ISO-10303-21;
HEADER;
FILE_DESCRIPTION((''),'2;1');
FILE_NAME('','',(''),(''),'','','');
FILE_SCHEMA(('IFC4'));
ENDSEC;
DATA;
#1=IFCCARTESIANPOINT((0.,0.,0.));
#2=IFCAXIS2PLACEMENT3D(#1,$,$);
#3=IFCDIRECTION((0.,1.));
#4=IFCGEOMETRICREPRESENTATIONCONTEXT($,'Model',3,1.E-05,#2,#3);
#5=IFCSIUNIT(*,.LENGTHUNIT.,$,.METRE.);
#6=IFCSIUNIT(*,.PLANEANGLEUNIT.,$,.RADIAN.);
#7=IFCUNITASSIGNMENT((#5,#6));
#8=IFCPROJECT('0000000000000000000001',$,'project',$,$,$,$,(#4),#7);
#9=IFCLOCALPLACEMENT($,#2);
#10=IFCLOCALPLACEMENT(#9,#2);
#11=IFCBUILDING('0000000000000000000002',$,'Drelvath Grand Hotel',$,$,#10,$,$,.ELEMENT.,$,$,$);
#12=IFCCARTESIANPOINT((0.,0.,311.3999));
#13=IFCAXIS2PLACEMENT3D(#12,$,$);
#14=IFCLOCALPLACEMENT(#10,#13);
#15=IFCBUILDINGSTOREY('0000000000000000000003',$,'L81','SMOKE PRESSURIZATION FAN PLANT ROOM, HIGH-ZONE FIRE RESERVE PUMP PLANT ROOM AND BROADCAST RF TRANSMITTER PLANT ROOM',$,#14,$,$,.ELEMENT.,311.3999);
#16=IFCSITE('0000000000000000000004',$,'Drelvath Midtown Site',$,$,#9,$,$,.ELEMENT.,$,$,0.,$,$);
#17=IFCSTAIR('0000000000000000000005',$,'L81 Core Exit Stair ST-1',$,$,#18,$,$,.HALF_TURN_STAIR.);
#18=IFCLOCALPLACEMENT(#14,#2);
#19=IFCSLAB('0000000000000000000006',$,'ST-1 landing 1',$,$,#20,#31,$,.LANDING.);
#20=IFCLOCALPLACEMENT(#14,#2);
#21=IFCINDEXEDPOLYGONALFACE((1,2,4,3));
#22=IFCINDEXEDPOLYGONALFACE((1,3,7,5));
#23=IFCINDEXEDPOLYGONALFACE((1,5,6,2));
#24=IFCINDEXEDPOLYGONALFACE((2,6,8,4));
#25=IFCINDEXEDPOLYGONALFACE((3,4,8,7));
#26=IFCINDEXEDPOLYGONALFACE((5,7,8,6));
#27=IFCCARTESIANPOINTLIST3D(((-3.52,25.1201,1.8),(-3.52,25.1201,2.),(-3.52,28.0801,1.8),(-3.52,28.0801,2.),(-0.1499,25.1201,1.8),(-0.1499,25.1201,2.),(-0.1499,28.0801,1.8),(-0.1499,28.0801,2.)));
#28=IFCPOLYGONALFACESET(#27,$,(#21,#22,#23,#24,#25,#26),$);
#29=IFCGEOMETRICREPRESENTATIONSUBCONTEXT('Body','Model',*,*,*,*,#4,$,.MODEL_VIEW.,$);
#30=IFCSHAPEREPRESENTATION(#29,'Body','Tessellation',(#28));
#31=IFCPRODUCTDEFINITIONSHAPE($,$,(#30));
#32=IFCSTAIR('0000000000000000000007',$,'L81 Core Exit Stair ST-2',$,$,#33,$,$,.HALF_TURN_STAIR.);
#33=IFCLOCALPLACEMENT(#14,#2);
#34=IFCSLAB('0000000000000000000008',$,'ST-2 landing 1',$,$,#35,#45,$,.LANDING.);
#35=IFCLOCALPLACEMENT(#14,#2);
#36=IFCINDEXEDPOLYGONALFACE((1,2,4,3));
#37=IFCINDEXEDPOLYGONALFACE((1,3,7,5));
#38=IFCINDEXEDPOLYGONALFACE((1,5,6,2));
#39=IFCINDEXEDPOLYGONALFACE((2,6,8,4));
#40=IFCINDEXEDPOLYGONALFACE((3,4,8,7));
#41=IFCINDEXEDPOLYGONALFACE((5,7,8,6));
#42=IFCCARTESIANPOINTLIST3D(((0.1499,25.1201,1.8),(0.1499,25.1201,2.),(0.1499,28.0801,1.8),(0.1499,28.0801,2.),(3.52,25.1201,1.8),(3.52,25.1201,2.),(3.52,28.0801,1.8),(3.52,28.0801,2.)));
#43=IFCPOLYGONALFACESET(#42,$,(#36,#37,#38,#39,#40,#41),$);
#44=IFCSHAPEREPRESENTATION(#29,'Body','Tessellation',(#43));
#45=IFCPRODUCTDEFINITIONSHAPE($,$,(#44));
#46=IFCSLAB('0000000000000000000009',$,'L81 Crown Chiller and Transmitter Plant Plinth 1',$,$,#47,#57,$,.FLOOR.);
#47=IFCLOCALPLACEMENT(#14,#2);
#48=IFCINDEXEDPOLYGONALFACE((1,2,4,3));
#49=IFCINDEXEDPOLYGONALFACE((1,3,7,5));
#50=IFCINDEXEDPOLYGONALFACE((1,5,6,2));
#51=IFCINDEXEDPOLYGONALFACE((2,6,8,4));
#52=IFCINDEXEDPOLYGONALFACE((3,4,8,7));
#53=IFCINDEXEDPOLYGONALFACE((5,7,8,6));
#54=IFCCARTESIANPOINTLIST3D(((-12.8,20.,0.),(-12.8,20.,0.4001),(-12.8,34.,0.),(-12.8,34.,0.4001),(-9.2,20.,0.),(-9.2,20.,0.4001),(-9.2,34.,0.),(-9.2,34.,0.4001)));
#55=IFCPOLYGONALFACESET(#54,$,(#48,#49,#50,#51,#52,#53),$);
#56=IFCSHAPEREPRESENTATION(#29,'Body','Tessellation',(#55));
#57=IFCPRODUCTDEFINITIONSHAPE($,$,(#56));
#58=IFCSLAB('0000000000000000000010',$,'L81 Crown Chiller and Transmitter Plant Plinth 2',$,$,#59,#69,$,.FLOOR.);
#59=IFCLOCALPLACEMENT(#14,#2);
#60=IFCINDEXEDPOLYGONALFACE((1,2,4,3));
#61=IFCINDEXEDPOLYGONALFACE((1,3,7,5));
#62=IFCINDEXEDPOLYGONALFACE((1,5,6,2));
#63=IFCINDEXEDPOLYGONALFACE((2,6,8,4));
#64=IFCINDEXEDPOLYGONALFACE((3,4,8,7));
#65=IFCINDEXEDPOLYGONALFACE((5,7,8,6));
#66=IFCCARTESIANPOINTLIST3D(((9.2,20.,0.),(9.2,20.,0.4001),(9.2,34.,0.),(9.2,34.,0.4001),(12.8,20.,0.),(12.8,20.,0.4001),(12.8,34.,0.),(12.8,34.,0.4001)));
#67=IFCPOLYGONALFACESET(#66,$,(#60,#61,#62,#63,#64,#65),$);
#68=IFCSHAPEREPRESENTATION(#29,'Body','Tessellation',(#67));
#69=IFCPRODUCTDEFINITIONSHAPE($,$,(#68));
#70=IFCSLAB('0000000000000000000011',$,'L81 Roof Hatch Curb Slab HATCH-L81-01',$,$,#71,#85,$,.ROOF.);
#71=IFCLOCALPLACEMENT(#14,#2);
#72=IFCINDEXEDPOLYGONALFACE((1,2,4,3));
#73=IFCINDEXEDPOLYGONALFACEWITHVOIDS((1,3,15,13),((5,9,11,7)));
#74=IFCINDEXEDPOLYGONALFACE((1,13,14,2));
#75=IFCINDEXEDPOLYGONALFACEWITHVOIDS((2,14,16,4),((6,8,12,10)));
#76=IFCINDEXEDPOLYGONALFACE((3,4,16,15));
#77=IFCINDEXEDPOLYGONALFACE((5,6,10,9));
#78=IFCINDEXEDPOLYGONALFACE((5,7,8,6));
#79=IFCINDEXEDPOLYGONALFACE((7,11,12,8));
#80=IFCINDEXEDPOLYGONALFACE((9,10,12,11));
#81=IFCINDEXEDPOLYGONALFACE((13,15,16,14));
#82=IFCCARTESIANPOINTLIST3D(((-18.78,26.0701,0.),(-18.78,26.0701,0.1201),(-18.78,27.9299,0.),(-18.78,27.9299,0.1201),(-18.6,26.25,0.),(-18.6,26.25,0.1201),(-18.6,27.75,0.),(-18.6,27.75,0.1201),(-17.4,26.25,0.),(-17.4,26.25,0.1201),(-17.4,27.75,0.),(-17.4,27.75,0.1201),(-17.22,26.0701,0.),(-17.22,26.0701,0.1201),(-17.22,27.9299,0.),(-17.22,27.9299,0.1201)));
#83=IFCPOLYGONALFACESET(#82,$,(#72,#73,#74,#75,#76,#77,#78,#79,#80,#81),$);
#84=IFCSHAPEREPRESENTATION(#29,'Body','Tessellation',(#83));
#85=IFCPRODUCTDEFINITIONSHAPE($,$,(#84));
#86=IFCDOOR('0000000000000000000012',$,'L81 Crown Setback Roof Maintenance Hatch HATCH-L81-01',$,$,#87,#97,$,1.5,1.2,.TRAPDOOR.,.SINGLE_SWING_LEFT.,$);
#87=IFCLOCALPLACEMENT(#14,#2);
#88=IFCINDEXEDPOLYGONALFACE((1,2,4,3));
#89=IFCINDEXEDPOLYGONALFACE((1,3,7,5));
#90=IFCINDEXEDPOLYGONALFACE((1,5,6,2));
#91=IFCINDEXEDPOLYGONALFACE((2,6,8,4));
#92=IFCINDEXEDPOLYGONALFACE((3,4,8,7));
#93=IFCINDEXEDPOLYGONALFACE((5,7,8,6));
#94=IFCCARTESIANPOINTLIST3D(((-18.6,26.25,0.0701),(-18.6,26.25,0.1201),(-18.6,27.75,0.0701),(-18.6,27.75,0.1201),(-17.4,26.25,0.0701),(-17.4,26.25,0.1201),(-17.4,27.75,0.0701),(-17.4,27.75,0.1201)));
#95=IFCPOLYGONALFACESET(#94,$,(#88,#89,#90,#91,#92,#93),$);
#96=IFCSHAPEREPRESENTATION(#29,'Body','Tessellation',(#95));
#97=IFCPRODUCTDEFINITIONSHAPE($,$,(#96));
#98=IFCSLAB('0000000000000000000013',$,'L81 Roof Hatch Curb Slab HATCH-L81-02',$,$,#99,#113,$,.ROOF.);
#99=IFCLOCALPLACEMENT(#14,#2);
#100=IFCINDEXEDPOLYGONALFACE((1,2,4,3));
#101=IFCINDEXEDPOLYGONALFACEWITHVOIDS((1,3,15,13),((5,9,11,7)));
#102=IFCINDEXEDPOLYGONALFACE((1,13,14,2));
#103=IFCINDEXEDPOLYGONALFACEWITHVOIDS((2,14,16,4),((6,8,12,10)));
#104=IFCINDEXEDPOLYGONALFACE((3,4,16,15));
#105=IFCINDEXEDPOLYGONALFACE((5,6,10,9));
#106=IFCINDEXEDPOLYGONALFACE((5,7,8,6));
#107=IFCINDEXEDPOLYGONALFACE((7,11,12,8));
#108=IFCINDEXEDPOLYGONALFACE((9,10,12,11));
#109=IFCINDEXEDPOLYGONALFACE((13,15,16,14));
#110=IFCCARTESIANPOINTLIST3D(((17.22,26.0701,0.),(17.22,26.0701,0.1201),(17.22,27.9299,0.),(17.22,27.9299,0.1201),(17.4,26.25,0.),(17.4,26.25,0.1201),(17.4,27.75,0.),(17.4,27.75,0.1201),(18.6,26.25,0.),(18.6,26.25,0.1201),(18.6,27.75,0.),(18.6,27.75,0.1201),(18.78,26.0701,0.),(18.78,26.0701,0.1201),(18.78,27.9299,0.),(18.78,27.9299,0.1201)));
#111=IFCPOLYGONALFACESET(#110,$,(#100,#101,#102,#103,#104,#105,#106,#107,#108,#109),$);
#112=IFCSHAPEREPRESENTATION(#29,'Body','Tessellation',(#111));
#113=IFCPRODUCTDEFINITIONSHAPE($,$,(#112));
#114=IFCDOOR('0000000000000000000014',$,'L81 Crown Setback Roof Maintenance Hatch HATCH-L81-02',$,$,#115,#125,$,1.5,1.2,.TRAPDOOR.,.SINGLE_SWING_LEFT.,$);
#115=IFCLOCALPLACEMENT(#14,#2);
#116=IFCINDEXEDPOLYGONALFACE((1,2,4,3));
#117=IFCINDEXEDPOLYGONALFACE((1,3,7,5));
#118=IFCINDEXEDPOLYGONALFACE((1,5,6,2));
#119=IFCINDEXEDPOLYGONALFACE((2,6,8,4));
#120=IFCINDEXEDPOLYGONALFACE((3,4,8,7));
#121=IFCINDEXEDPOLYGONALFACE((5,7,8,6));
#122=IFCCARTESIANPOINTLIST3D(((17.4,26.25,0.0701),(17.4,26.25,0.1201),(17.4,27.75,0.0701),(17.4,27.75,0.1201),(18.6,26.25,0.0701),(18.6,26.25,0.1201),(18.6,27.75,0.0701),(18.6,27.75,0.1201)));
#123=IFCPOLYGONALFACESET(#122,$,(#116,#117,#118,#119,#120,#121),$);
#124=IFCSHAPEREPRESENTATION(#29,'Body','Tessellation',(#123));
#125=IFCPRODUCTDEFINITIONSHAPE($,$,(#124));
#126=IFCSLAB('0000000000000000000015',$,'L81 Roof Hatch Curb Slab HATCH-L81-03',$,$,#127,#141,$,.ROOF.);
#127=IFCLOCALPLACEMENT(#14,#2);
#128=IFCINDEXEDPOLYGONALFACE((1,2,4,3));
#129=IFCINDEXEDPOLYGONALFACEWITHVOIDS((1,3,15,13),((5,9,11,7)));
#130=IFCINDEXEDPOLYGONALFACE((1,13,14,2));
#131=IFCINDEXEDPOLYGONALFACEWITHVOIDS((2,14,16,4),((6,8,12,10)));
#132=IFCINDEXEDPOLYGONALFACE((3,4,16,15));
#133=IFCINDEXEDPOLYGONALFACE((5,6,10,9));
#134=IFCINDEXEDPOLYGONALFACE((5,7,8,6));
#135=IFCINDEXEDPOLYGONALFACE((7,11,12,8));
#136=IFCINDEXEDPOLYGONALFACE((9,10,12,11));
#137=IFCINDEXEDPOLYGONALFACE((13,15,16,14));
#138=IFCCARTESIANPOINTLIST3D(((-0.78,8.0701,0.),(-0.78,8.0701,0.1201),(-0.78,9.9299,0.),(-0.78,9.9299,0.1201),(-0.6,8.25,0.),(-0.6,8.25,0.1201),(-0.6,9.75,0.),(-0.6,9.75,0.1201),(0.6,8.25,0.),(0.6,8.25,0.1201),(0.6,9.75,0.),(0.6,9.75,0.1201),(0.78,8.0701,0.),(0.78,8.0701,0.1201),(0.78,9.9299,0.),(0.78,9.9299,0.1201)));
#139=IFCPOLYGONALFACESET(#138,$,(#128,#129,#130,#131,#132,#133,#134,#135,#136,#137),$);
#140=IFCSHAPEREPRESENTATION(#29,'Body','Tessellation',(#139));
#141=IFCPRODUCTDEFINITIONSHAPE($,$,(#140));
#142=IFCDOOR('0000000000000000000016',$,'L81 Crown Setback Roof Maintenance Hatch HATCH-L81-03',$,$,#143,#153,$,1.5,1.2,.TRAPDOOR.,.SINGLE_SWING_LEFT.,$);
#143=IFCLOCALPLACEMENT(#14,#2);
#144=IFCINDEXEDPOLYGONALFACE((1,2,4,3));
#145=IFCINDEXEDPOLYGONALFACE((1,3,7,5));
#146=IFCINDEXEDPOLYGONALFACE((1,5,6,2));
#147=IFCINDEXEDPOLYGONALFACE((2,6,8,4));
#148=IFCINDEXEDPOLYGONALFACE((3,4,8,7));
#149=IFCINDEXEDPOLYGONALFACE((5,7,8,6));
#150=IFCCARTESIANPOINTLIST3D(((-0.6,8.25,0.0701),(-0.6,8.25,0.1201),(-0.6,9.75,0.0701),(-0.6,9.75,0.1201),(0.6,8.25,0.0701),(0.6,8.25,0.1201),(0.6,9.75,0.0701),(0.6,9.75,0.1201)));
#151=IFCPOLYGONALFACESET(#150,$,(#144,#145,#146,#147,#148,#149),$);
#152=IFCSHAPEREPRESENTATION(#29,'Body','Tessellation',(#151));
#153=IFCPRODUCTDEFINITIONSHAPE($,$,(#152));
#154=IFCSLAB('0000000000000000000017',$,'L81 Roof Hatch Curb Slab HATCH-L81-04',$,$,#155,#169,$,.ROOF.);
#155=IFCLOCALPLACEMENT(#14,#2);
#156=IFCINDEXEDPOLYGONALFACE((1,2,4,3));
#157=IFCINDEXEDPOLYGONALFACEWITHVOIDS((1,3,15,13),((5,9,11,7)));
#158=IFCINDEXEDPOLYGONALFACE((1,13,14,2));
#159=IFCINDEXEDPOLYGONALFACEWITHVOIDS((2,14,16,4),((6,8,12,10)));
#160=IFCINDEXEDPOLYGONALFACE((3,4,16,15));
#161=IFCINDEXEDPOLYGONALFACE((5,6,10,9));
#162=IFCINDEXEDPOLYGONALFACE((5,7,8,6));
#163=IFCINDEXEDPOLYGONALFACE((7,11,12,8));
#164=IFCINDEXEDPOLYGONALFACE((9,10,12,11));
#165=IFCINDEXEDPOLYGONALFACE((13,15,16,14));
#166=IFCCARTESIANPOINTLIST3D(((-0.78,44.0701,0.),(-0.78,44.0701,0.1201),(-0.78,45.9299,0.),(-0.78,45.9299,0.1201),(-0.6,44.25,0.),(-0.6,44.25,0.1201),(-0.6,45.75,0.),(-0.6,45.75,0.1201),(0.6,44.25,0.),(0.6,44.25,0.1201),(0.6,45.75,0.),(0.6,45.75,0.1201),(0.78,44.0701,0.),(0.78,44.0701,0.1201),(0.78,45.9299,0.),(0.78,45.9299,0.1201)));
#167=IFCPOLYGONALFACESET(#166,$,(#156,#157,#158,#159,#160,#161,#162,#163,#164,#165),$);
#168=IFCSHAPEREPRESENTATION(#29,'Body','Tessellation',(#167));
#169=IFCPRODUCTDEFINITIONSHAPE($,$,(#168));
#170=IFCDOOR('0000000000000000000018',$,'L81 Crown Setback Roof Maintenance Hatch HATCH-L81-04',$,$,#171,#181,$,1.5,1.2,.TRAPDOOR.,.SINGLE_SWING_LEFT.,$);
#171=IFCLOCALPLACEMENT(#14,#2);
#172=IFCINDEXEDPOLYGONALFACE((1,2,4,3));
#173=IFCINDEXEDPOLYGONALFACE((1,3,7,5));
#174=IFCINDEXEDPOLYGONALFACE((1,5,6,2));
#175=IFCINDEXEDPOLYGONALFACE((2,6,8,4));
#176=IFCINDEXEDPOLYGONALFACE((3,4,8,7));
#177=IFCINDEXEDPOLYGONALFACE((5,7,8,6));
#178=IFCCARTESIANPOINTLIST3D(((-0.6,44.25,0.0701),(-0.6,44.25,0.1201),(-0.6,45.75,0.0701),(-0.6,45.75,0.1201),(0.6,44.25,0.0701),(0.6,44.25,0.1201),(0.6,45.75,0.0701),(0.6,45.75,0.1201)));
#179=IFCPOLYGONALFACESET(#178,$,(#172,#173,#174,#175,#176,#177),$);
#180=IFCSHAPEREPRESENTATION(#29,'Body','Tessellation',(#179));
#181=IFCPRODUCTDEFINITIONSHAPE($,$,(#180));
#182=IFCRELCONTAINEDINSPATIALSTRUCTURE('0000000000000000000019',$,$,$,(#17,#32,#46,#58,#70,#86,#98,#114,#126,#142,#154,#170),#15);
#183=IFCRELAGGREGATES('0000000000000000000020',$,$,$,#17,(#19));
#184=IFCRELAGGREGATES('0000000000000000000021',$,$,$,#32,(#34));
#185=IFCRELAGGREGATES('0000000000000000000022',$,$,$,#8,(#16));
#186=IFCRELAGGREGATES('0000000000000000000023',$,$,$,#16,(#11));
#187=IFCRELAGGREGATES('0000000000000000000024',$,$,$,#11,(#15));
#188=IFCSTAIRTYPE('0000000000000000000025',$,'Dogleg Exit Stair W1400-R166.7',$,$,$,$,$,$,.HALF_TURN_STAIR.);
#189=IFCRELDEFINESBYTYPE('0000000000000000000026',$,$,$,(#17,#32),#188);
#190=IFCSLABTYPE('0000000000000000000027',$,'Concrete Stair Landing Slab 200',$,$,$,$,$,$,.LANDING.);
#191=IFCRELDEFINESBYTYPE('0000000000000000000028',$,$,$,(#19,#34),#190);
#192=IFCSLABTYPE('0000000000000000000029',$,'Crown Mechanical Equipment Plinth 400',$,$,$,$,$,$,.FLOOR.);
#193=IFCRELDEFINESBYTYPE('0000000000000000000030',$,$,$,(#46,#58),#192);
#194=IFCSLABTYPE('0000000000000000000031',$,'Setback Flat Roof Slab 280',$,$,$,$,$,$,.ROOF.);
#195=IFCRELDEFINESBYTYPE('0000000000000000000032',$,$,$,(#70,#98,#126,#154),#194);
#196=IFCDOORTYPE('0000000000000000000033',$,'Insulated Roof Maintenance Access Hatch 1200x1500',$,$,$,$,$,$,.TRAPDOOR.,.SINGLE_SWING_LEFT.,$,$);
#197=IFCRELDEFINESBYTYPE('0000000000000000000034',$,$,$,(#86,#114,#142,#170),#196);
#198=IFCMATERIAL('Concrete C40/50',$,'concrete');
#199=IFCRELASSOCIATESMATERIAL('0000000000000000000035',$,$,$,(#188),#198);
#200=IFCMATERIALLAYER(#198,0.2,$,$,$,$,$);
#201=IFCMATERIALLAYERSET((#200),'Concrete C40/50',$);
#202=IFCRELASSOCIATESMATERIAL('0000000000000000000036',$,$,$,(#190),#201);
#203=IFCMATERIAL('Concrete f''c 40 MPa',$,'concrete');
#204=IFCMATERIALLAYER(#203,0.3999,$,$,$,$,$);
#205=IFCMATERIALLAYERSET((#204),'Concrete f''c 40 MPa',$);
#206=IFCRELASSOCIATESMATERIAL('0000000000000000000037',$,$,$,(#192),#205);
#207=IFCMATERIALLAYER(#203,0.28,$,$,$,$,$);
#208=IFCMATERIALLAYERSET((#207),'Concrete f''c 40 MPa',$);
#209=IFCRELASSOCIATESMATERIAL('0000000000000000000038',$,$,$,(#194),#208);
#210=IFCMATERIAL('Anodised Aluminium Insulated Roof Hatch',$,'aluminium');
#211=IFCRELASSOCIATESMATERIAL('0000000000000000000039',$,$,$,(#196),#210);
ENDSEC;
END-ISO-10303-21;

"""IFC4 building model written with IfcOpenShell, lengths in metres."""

from ifc_helpers import new_model, si_unit, direction, frame, origin, origin_2d, place, context, subcontext, project, spatial, polyline, rectangle, outline, extrude, material, layer, layer_set, type_object, element, fill, aggregate, save


model = new_model("IFC4")

# Units and contexts
model_context = context("Model", 3, precision=1e-05, world=origin(), true_north=direction((0.0, 1.0)))
body_context = subcontext(model_context, "Body", "Model", "MODEL_VIEW")
ifc_project = project(units=[si_unit("LENGTHUNIT", "METRE"), si_unit("PLANEANGLEUNIT", "RADIAN")], contexts=[model_context])

# Site, building, storey
site_placement = place(None, origin())
site = spatial("IfcSite", under=ifc_project, at=site_placement, Name="Drelvath Midtown Site", CompositionType="ELEMENT", RefElevation=0.0)
building_placement = place(site_placement, origin())
building = spatial("IfcBuilding", under=site, at=building_placement, Name="Drelvath Grand Hotel", CompositionType="ELEMENT")
storey_placement = place(building_placement, frame((0.0, 0.0, 311.3999)))
storey = spatial("IfcBuildingStorey", under=building, at=storey_placement, Name="L81", Description="SMOKE PRESSURIZATION FAN PLANT ROOM, HIGH-ZONE FIRE RESERVE PUMP PLANT ROOM AND BROADCAST RF TRANSMITTER PLANT ROOM", CompositionType="ELEMENT", Elevation=311.3999)

# Stairs, slabs
ifc_material_1 = material(Name="Concrete C40/50", Category="concrete")
stair_type = type_object("IfcStairType", Name="Dogleg Exit Stair W1400-R166.7", PredefinedType="HALF_TURN_STAIR", material=ifc_material_1)
stair_1_placement = place(storey_placement, origin())
stair_1 = element("IfcStair", 1, at=stair_1_placement, inside=storey, type_object=stair_type, Name="L81 Core Exit Stair ST-1", PredefinedType="HALF_TURN_STAIR")
ifc_layer_1 = layer(ifc_material_1, 0.2)
ifc_layer_set_1 = layer_set([ifc_layer_1], Name="Concrete C40/50")
slab_type_1 = type_object("IfcSlabType", Name="Concrete Stair Landing Slab 200", PredefinedType="LANDING", material=ifc_layer_set_1)
slab_1_placement = place(storey_placement, frame((0.0, 0.0, 1.8)))
slab_1 = element("IfcSlab", 2, at=slab_1_placement, type_object=slab_type_1, Name="ST-1 landing 1", PredefinedType="LANDING", context=body_context, shape_type="SweptSolid", body=[
    extrude(outline(polyline([(-3.52, 25.1201), (-0.1499, 25.1201), (-0.1499, 28.0801), (-3.52, 28.0801), (-3.52, 25.1201)])), origin(), (0.0, 0.0, 1.0), 0.2),
])
aggregate(stair_1, [slab_1])
stair_2_placement = place(storey_placement, origin())
stair_2 = element("IfcStair", 3, at=stair_2_placement, inside=storey, type_object=stair_type, Name="L81 Core Exit Stair ST-2", PredefinedType="HALF_TURN_STAIR")
slab_2_placement = place(storey_placement, frame((0.0, 0.0, 1.8)))
slab_2 = element("IfcSlab", 4, at=slab_2_placement, type_object=slab_type_1, Name="ST-2 landing 1", PredefinedType="LANDING", context=body_context, shape_type="SweptSolid", body=[
    extrude(outline(polyline([(3.52, 28.0801), (0.1499, 28.0801), (0.1499, 25.1201), (3.52, 25.1201), (3.52, 28.0801)])), origin(), (0.0, 0.0, 1.0), 0.2),
])
aggregate(stair_2, [slab_2])

# Slabs
ifc_material_2 = material(Name="Concrete f'c 40 MPa", Category="concrete")
ifc_layer_2 = layer(ifc_material_2, 0.3999)
ifc_layer_set_2 = layer_set([ifc_layer_2], Name="Concrete f'c 40 MPa")
slab_type_2 = type_object("IfcSlabType", Name="Crown Mechanical Equipment Plinth 400", PredefinedType="FLOOR", material=ifc_layer_set_2)
slab_3_placement = place(storey_placement, origin())
element("IfcSlab", 5, at=slab_3_placement, inside=storey, type_object=slab_type_2, Name="L81 Crown Chiller and Transmitter Plant Plinth 1", PredefinedType="FLOOR", context=body_context, shape_type="SweptSolid", body=[
    extrude(outline(polyline([(-12.8, 20.0), (-9.2, 20.0), (-9.2, 34.0), (-12.8, 34.0), (-12.8, 20.0)])), origin(), (0.0, 0.0, 1.0), 0.4001),
])
slab_4_placement = place(storey_placement, origin())
element("IfcSlab", 6, at=slab_4_placement, inside=storey, type_object=slab_type_2, Name="L81 Crown Chiller and Transmitter Plant Plinth 2", PredefinedType="FLOOR", context=body_context, shape_type="SweptSolid", body=[
    extrude(outline(polyline([(9.2, 20.0), (12.8, 20.0), (12.8, 34.0), (9.2, 34.0), (9.2, 20.0)])), origin(), (0.0, 0.0, 1.0), 0.4001),
])

# Slabs, openings, doors
ifc_layer_3 = layer(ifc_material_2, 0.28)
ifc_layer_set_3 = layer_set([ifc_layer_3], Name="Concrete f'c 40 MPa")
slab_type_3 = type_object("IfcSlabType", Name="Setback Flat Roof Slab 280", PredefinedType="ROOF", material=ifc_layer_set_3)
slab_5_placement = place(storey_placement, origin())
slab_5 = element("IfcSlab", 7, at=slab_5_placement, inside=storey, type_object=slab_type_3, Name="L81 Roof Hatch Curb Slab HATCH-L81-01", PredefinedType="ROOF", context=body_context, shape_type="SweptSolid", body=[
    extrude(outline(polyline([(-18.78, 26.0701), (-17.22, 26.0701), (-17.22, 27.9299), (-18.78, 27.9299), (-18.78, 26.0701)])), origin(), (0.0, 0.0, 1.0), 0.1201),
])
opening_1_placement = place(slab_5_placement, frame((-18.0, 27.0, 0.0)))
opening_1 = element("IfcOpeningElement", 8, at=opening_1_placement, cuts=slab_5, PredefinedType="OPENING", context=body_context, shape_type="SweptSolid", body=[
    extrude(rectangle(XDim=1.2, YDim=1.5, at=origin_2d()), origin(), (0.0, 0.0, 1.0), 0.1201),
])
ifc_material_3 = material(Name="Anodised Aluminium Insulated Roof Hatch", Category="aluminium")
door_type = type_object("IfcDoorType", Name="Insulated Roof Maintenance Access Hatch 1200x1500", OperationType="SINGLE_SWING_LEFT", PredefinedType="TRAPDOOR", material=ifc_material_3)
door_1_placement = place(opening_1_placement, frame((0.0, 0.0, 0.0701)))
door_1 = element("IfcDoor", 9, at=door_1_placement, inside=storey, type_object=door_type, Name="L81 Crown Setback Roof Maintenance Hatch HATCH-L81-01", OperationType="SINGLE_SWING_LEFT", OverallHeight=1.5, OverallWidth=1.2, PredefinedType="TRAPDOOR", context=body_context, shape_type="SweptSolid", body=[
    extrude(rectangle(XDim=1.2, YDim=1.5, at=origin_2d()), origin(), (0.0, 0.0, 1.0), 0.05),
])
fill(opening_1, door_1)
slab_6_placement = place(storey_placement, origin())
slab_6 = element("IfcSlab", 10, at=slab_6_placement, inside=storey, type_object=slab_type_3, Name="L81 Roof Hatch Curb Slab HATCH-L81-02", PredefinedType="ROOF", context=body_context, shape_type="SweptSolid", body=[
    extrude(outline(polyline([(17.22, 26.0701), (18.78, 26.0701), (18.78, 27.9299), (17.22, 27.9299), (17.22, 26.0701)])), origin(), (0.0, 0.0, 1.0), 0.1201),
])
opening_2_placement = place(slab_6_placement, frame((18.0, 27.0, 0.0)))
opening_2 = element("IfcOpeningElement", 11, at=opening_2_placement, cuts=slab_6, PredefinedType="OPENING", context=body_context, shape_type="SweptSolid", body=[
    extrude(rectangle(XDim=1.2, YDim=1.5, at=origin_2d()), origin(), (0.0, 0.0, 1.0), 0.1201),
])
door_2_placement = place(opening_2_placement, frame((0.0, 0.0, 0.0701)))
door_2 = element("IfcDoor", 12, at=door_2_placement, inside=storey, type_object=door_type, Name="L81 Crown Setback Roof Maintenance Hatch HATCH-L81-02", OperationType="SINGLE_SWING_LEFT", OverallHeight=1.5, OverallWidth=1.2, PredefinedType="TRAPDOOR", context=body_context, shape_type="SweptSolid", body=[
    extrude(rectangle(XDim=1.2, YDim=1.5, at=origin_2d()), origin(), (0.0, 0.0, 1.0), 0.05),
])
fill(opening_2, door_2)
slab_7_placement = place(storey_placement, origin())
slab_7 = element("IfcSlab", 13, at=slab_7_placement, inside=storey, type_object=slab_type_3, Name="L81 Roof Hatch Curb Slab HATCH-L81-03", PredefinedType="ROOF", context=body_context, shape_type="SweptSolid", body=[
    extrude(outline(polyline([(-0.78, 8.0701), (0.78, 8.0701), (0.78, 9.9299), (-0.78, 9.9299), (-0.78, 8.0701)])), origin(), (0.0, 0.0, 1.0), 0.1201),
])
opening_3_placement = place(slab_7_placement, frame((0.0, 9.0, 0.0)))
opening_3 = element("IfcOpeningElement", 14, at=opening_3_placement, cuts=slab_7, PredefinedType="OPENING", context=body_context, shape_type="SweptSolid", body=[
    extrude(rectangle(XDim=1.2, YDim=1.5, at=origin_2d()), origin(), (0.0, 0.0, 1.0), 0.1201),
])
door_3_placement = place(opening_3_placement, frame((0.0, 0.0, 0.0701)))
door_3 = element("IfcDoor", 15, at=door_3_placement, inside=storey, type_object=door_type, Name="L81 Crown Setback Roof Maintenance Hatch HATCH-L81-03", OperationType="SINGLE_SWING_LEFT", OverallHeight=1.5, OverallWidth=1.2, PredefinedType="TRAPDOOR", context=body_context, shape_type="SweptSolid", body=[
    extrude(rectangle(XDim=1.2, YDim=1.5, at=origin_2d()), origin(), (0.0, 0.0, 1.0), 0.05),
])
fill(opening_3, door_3)
slab_8_placement = place(storey_placement, origin())
slab_8 = element("IfcSlab", 16, at=slab_8_placement, inside=storey, type_object=slab_type_3, Name="L81 Roof Hatch Curb Slab HATCH-L81-04", PredefinedType="ROOF", context=body_context, shape_type="SweptSolid", body=[
    extrude(outline(polyline([(-0.78, 44.0701), (0.78, 44.0701), (0.78, 45.9299), (-0.78, 45.9299), (-0.78, 44.0701)])), origin(), (0.0, 0.0, 1.0), 0.1201),
])
opening_4_placement = place(slab_8_placement, frame((0.0, 45.0, 0.0)))
opening_4 = element("IfcOpeningElement", 17, at=opening_4_placement, cuts=slab_8, PredefinedType="OPENING", context=body_context, shape_type="SweptSolid", body=[
    extrude(rectangle(XDim=1.2, YDim=1.5, at=origin_2d()), origin(), (0.0, 0.0, 1.0), 0.1201),
])
door_4_placement = place(opening_4_placement, frame((0.0, 0.0, 0.0701)))
door_4 = element("IfcDoor", 18, at=door_4_placement, inside=storey, type_object=door_type, Name="L81 Crown Setback Roof Maintenance Hatch HATCH-L81-04", OperationType="SINGLE_SWING_LEFT", OverallHeight=1.5, OverallWidth=1.2, PredefinedType="TRAPDOOR", context=body_context, shape_type="SweptSolid", body=[
    extrude(rectangle(XDim=1.2, YDim=1.5, at=origin_2d()), origin(), (0.0, 0.0, 1.0), 0.05),
])
fill(opening_4, door_4)

save(model, "model.ifc")
